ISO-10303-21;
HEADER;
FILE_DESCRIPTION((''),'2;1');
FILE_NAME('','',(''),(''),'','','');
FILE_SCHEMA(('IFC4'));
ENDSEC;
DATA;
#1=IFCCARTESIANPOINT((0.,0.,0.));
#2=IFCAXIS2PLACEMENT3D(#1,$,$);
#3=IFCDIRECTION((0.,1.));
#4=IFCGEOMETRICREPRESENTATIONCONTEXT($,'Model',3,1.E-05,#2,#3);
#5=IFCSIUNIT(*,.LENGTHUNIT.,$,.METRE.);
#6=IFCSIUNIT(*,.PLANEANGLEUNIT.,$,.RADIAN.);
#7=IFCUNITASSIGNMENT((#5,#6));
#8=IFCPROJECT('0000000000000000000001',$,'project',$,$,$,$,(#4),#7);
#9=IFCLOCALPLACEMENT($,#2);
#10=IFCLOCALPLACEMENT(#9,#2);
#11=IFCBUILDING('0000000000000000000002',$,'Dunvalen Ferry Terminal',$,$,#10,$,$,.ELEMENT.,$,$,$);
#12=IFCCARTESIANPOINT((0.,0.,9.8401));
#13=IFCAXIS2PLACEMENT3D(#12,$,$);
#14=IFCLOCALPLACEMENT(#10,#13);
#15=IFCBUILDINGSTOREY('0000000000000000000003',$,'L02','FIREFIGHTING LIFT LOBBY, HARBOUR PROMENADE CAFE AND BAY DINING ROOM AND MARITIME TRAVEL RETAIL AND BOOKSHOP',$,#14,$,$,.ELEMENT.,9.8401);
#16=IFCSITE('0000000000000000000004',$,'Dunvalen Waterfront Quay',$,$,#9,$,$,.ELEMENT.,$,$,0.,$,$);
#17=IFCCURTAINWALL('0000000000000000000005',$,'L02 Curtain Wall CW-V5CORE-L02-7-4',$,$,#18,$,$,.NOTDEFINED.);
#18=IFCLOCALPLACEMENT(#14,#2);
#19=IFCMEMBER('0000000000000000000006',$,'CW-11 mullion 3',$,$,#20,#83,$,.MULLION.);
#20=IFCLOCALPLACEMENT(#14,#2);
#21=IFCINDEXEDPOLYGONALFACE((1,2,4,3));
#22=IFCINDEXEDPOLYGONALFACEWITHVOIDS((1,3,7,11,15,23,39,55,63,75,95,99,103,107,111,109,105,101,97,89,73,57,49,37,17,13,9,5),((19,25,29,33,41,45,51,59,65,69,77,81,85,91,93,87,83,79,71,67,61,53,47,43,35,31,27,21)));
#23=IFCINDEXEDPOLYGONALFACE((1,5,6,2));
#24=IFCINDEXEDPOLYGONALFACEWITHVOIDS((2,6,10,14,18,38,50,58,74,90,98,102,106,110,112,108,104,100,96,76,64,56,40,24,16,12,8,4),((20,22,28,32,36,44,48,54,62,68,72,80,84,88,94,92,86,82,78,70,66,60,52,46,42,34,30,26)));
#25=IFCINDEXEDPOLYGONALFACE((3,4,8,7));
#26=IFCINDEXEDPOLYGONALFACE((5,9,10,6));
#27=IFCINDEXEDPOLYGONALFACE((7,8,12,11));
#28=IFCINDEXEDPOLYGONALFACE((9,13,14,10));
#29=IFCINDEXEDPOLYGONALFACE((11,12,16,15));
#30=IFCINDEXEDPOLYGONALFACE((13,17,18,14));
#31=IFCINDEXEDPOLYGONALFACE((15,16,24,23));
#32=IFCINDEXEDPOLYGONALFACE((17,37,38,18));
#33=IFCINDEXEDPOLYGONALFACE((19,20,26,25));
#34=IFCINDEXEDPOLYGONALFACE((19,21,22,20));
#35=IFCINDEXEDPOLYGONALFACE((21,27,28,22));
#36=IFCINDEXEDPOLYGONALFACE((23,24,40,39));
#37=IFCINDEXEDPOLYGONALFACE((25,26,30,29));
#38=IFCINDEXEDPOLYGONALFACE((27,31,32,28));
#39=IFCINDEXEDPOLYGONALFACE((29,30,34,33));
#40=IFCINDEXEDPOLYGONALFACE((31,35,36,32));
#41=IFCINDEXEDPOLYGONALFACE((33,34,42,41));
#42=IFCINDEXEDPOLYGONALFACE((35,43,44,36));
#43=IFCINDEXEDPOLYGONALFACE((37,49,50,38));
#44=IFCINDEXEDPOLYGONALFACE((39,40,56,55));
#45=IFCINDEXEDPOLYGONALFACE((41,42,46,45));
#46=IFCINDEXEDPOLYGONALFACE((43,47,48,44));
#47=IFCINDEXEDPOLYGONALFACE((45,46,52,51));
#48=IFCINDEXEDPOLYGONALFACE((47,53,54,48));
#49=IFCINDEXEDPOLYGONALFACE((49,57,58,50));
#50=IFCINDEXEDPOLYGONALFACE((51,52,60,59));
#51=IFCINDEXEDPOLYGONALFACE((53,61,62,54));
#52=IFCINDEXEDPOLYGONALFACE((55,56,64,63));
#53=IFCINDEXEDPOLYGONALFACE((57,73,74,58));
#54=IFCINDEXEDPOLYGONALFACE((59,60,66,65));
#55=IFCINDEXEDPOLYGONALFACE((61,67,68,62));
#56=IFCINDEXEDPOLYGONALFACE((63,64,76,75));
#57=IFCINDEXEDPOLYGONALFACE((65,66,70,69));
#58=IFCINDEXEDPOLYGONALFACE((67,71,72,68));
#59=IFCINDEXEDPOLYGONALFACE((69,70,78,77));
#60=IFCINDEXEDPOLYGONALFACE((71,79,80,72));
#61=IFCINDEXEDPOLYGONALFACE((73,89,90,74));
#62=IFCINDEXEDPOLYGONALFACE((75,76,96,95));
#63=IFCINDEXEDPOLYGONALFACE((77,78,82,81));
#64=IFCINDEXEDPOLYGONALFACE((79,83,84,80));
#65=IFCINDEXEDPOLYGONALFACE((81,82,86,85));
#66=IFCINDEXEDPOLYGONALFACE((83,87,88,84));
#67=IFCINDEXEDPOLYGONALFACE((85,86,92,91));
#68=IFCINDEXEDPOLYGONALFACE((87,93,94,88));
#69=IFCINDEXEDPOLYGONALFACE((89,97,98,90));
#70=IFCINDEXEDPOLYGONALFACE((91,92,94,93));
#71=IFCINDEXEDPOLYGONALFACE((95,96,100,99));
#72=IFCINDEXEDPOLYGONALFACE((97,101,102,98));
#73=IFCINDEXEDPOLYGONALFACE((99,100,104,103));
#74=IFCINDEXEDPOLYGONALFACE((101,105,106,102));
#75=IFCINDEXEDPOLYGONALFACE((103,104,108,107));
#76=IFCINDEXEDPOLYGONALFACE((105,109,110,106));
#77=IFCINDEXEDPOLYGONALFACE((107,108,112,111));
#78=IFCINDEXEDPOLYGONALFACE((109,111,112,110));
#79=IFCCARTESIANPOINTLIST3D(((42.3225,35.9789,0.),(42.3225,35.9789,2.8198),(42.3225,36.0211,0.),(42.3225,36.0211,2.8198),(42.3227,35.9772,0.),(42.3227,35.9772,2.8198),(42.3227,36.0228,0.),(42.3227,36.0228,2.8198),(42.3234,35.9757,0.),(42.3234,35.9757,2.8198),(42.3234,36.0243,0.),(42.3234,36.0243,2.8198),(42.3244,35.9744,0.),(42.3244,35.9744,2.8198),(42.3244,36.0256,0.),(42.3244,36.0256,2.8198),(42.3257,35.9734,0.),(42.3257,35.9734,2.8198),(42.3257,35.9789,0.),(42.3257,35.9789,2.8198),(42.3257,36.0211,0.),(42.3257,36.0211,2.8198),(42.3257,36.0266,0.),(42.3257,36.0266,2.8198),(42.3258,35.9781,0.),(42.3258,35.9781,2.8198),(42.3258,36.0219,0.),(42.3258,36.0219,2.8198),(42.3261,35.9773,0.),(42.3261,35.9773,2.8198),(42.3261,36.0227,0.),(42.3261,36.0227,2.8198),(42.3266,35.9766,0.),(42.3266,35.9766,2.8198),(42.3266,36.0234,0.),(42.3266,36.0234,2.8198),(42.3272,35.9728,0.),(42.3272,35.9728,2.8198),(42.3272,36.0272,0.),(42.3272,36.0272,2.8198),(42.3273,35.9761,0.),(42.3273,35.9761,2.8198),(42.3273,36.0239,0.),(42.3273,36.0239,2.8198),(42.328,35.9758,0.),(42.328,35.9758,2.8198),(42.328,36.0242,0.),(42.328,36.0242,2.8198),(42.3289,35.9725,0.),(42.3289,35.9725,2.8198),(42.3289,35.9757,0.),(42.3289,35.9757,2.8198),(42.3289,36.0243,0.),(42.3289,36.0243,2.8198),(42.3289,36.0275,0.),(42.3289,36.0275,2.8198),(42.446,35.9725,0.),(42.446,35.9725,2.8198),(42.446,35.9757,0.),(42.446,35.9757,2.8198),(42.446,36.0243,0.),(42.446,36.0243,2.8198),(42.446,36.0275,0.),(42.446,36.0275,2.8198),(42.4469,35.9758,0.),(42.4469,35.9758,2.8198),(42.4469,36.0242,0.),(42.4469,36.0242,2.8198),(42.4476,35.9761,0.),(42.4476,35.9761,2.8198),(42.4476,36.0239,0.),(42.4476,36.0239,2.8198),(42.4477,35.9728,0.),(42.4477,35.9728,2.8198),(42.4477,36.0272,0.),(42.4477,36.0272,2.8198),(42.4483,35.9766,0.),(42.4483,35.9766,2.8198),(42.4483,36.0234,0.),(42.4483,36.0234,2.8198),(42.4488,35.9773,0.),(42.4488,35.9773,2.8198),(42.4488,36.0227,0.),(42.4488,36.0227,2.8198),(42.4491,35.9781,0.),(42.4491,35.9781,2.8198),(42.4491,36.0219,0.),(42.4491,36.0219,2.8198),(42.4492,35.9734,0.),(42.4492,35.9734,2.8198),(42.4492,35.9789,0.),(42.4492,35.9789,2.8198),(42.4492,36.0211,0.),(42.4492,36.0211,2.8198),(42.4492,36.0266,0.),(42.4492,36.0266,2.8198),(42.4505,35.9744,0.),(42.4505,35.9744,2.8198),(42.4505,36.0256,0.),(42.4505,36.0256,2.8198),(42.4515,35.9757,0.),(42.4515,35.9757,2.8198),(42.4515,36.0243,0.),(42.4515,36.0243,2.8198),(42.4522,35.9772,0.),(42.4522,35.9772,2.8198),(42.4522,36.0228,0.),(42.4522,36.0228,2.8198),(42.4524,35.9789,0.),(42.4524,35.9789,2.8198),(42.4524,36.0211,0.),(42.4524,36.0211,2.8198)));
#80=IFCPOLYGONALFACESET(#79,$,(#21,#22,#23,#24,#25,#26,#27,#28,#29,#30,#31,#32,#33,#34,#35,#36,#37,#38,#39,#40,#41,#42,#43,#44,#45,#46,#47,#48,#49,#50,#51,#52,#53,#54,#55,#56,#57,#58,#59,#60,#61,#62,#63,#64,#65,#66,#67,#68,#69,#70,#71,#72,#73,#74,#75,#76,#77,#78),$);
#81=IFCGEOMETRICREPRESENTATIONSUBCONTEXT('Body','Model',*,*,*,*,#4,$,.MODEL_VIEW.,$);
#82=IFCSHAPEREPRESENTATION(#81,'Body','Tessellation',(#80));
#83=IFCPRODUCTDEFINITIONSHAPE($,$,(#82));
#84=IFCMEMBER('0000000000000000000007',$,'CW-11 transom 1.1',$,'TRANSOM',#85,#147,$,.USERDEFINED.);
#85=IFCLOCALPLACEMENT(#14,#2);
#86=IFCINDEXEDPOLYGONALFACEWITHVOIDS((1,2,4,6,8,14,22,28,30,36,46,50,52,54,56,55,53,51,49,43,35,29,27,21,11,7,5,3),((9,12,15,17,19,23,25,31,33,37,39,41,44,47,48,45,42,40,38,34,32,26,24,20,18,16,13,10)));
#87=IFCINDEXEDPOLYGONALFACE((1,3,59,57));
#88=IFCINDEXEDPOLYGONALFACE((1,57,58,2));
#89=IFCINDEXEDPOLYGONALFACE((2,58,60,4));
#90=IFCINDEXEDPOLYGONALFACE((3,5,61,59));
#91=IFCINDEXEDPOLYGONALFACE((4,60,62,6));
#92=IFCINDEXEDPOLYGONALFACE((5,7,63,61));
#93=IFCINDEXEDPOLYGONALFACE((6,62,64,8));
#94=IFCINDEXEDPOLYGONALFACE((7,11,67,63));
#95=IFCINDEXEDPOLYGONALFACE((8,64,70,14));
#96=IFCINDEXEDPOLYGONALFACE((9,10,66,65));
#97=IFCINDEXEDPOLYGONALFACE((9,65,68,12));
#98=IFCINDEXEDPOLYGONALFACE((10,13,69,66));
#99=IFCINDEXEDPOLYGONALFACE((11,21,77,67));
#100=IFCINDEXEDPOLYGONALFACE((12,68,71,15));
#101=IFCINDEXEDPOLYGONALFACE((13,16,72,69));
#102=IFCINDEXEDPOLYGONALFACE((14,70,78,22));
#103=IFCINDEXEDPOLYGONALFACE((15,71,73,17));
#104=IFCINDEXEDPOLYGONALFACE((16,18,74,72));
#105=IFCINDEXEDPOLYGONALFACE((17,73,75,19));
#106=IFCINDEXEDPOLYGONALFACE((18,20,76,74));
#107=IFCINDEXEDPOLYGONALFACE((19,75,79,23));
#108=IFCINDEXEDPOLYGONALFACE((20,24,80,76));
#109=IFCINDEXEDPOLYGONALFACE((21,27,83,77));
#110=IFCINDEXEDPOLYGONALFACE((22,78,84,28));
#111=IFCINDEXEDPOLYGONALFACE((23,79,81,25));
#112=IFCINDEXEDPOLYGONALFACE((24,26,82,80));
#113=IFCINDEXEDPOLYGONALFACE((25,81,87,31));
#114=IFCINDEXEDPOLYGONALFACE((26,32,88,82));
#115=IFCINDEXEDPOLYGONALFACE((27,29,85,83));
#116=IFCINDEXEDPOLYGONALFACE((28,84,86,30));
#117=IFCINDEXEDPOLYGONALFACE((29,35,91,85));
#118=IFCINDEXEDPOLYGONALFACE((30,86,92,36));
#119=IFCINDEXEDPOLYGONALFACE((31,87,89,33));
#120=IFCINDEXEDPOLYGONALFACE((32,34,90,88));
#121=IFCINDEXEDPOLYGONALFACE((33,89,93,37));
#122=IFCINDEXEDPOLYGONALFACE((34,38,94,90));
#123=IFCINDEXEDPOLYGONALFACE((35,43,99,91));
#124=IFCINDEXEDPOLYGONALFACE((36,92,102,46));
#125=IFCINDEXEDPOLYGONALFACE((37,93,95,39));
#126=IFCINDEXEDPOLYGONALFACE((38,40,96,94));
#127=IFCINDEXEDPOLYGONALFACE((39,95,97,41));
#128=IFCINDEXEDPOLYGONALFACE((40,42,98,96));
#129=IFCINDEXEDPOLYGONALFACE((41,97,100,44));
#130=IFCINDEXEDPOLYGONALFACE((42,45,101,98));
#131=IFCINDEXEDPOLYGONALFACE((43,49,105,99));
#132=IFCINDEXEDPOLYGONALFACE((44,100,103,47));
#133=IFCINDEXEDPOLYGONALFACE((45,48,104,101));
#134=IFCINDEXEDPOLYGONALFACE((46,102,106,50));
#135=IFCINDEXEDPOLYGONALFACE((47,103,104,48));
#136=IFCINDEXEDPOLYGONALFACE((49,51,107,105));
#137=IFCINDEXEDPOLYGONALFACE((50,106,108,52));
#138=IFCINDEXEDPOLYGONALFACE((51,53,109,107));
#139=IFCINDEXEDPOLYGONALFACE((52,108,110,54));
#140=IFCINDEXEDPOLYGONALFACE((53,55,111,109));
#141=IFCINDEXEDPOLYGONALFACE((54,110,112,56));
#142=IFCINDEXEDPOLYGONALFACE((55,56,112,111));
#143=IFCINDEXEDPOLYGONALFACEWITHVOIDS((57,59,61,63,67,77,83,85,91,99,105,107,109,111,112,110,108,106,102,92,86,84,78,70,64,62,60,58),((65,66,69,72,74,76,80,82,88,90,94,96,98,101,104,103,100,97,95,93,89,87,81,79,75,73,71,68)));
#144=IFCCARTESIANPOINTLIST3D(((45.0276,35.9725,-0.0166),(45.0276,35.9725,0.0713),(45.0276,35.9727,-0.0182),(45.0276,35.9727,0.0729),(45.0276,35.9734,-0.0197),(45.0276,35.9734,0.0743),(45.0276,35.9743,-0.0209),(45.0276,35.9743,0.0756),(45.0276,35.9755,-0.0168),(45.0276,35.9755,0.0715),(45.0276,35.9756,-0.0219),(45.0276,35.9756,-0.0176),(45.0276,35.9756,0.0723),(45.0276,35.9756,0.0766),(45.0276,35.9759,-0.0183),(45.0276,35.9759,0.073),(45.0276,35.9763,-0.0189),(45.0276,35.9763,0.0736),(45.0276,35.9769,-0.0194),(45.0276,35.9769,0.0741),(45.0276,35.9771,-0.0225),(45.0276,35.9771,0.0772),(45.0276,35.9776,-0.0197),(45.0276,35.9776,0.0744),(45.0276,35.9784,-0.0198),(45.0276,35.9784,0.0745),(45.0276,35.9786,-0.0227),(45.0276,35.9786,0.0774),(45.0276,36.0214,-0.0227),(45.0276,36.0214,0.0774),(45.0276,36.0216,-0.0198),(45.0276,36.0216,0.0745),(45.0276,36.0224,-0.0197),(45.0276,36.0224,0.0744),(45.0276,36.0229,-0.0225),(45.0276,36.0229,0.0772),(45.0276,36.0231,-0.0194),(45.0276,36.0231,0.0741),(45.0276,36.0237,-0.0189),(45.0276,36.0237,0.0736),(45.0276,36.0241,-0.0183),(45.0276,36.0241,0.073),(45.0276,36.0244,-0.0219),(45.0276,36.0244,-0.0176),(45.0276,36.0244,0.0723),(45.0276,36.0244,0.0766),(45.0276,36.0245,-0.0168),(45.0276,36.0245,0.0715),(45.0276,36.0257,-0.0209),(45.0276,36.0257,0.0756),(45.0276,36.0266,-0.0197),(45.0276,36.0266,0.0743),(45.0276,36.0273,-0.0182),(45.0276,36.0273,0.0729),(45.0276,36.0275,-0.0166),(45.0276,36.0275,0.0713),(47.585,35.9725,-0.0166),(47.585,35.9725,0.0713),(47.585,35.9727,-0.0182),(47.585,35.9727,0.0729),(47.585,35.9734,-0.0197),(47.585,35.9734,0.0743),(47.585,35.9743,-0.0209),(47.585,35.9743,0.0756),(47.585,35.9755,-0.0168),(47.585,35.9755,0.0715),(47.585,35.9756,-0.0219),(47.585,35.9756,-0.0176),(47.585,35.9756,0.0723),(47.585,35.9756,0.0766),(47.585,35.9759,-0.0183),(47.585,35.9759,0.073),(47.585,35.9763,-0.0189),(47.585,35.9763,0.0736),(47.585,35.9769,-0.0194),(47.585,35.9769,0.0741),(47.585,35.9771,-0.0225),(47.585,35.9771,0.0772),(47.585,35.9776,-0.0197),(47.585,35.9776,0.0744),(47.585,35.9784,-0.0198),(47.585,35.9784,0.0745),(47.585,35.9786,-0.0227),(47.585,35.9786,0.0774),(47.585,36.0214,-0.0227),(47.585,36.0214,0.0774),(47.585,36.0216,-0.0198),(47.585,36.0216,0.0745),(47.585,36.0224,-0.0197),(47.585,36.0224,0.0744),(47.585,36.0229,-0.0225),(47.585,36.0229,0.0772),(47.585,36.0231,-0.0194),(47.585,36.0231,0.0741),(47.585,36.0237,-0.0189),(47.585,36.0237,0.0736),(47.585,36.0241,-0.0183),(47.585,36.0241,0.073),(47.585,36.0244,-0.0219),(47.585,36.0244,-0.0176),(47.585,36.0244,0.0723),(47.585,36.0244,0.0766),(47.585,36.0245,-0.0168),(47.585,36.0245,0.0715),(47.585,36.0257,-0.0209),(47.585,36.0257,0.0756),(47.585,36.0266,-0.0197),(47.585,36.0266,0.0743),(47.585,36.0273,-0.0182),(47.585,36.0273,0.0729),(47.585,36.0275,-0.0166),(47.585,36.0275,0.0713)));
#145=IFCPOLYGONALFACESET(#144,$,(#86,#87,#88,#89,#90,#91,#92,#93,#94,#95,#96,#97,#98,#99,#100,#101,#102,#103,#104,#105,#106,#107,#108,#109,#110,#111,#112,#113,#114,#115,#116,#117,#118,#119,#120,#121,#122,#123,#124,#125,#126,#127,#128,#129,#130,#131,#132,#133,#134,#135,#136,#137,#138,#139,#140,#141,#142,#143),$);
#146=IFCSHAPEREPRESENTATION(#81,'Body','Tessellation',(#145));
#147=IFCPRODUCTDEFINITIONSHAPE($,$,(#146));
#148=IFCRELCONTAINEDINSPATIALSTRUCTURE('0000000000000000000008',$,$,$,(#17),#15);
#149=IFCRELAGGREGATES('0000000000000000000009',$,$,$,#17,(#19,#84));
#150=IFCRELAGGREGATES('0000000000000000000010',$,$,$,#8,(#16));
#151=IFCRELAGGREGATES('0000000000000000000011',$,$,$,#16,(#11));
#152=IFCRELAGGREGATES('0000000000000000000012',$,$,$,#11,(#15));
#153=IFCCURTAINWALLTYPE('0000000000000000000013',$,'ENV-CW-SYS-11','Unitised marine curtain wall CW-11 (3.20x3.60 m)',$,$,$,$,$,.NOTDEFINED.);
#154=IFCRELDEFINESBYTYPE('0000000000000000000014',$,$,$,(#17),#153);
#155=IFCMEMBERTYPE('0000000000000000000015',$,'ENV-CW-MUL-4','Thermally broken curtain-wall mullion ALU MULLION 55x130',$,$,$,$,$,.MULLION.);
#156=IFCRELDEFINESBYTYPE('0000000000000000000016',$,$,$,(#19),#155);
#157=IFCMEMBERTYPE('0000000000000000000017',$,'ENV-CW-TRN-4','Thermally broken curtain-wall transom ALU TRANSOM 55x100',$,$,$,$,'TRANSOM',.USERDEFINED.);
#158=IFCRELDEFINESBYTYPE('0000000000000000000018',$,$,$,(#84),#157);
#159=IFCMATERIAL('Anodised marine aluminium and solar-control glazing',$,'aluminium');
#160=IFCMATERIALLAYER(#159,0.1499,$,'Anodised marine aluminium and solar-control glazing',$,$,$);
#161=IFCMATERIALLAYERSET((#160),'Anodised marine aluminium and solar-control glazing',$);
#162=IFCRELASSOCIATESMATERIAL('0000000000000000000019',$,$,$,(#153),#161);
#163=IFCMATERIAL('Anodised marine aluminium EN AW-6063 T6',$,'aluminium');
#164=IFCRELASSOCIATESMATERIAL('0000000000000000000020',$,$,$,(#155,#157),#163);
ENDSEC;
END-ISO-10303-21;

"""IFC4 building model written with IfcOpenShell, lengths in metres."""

from ifc_helpers import new_model, si_unit, direction, frame, origin, origin_2d, place, context, subcontext, project, spatial, hollow_rectangle, extrude, material, layer, layer_set, material_profile, profile_set, type_object, element, aggregate, save


model = new_model("IFC4")

# Units and contexts
model_context = context("Model", 3, precision=1e-05, world=origin(), true_north=direction((0.0, 1.0)))
body_context = subcontext(model_context, "Body", "Model", "MODEL_VIEW")
ifc_project = project(units=[si_unit("LENGTHUNIT", "METRE"), si_unit("PLANEANGLEUNIT", "RADIAN")], contexts=[model_context])

# Site, building, storey
site_placement = place(None, origin())
site = spatial("IfcSite", under=ifc_project, at=site_placement, Name="Dunvalen Waterfront Quay", CompositionType="ELEMENT", RefElevation=0.0)
building_placement = place(site_placement, origin())
building = spatial("IfcBuilding", under=site, at=building_placement, Name="Dunvalen Ferry Terminal", CompositionType="ELEMENT")
storey_placement = place(building_placement, frame((0.0, 0.0, 9.8401)))
storey = spatial("IfcBuildingStorey", under=building, at=storey_placement, Name="L02", Description="FIREFIGHTING LIFT LOBBY, HARBOUR PROMENADE CAFE AND BAY DINING ROOM AND MARITIME TRAVEL RETAIL AND BOOKSHOP", CompositionType="ELEMENT", Elevation=9.8401)

# Curtain wall, members
ifc_material_1 = material(Name="Anodised marine aluminium and solar-control glazing", Category="aluminium")
ifc_layer_1 = layer(ifc_material_1, 0.1499, Name="Anodised marine aluminium and solar-control glazing")
ifc_layer_set_1 = layer_set([ifc_layer_1], Name="Anodised marine aluminium and solar-control glazing")
curtain_wall_type = type_object("IfcCurtainWallType", Name="ENV-CW-SYS-11", Description="Unitised marine curtain wall CW-11 (3.20x3.60 m)", PredefinedType="NOTDEFINED", material=ifc_layer_set_1)
curtain_wall_placement = place(storey_placement, origin())
curtain_wall = element("IfcCurtainWall", 1, at=curtain_wall_placement, inside=storey, type_object=curtain_wall_type, Name="L02 Curtain Wall CW-V5CORE-L02-7-4", PredefinedType="NOTDEFINED")
ifc_material_2 = material(Name="Anodised marine aluminium EN AW-6063 T6", Category="aluminium")
ifc_material_profile_1 = material_profile(ifc_material_2, hollow_rectangle(XDim=0.0549, YDim=0.1299, WallThickness=0.0032, InnerFilletRadius=0.0032, OuterFilletRadius=0.0063, at=origin_2d()), Name="Anodised marine aluminium EN AW-6063 T6")
ifc_profile_set_1 = profile_set([ifc_material_profile_1], Name="Anodised marine aluminium EN AW-6063 T6")
member_type_1 = type_object("IfcMemberType", Name="ENV-CW-MUL-4", Description="Thermally broken curtain-wall mullion ALU MULLION 55x130", PredefinedType="MULLION", material=ifc_profile_set_1)
member_1_placement = place(storey_placement, frame((42.3875, 36.0, 0.0), z_axis=(0.0, 0.0, 1.0), x_axis=(0.0, -1.0, 0.0)))
member_1 = element("IfcMember", 2, at=member_1_placement, type_object=member_type_1, Name="CW-11 mullion 3", PredefinedType="MULLION", context=body_context, shape_type="SweptSolid", body=[
    extrude(hollow_rectangle(XDim=0.0549, YDim=0.1299, WallThickness=0.0032, InnerFilletRadius=0.0032, OuterFilletRadius=0.0063, at=origin_2d()), origin(), (0.0, 0.0, 1.0), 2.8198),
])
ifc_material_profile_2 = material_profile(ifc_material_2, hollow_rectangle(XDim=0.0549, YDim=0.1001, WallThickness=0.0029, InnerFilletRadius=0.0029, OuterFilletRadius=0.0061, at=origin_2d()), Name="Anodised marine aluminium EN AW-6063 T6")
ifc_profile_set_2 = profile_set([ifc_material_profile_2], Name="Anodised marine aluminium EN AW-6063 T6")
member_type_2 = type_object("IfcMemberType", Name="ENV-CW-TRN-4", Description="Thermally broken curtain-wall transom ALU TRANSOM 55x100", ElementType="TRANSOM", PredefinedType="USERDEFINED", material=ifc_profile_set_2)
member_2_placement = place(storey_placement, frame((47.585, 36.0, 0.0273), z_axis=(-1.0, 0.0, 0.0), x_axis=(0.0, -1.0, 0.0)))
member_2 = element("IfcMember", 3, at=member_2_placement, type_object=member_type_2, Name="CW-11 transom 1.1", ObjectType="TRANSOM", PredefinedType="USERDEFINED", context=body_context, shape_type="SweptSolid", body=[
    extrude(hollow_rectangle(XDim=0.0549, YDim=0.1001, WallThickness=0.0029, InnerFilletRadius=0.0029, OuterFilletRadius=0.0061, at=origin_2d()), origin(), (0.0, 0.0, 1.0), 2.5574),
])

aggregate(curtain_wall, [member_1, member_2])

save(model, "model.ifc")
